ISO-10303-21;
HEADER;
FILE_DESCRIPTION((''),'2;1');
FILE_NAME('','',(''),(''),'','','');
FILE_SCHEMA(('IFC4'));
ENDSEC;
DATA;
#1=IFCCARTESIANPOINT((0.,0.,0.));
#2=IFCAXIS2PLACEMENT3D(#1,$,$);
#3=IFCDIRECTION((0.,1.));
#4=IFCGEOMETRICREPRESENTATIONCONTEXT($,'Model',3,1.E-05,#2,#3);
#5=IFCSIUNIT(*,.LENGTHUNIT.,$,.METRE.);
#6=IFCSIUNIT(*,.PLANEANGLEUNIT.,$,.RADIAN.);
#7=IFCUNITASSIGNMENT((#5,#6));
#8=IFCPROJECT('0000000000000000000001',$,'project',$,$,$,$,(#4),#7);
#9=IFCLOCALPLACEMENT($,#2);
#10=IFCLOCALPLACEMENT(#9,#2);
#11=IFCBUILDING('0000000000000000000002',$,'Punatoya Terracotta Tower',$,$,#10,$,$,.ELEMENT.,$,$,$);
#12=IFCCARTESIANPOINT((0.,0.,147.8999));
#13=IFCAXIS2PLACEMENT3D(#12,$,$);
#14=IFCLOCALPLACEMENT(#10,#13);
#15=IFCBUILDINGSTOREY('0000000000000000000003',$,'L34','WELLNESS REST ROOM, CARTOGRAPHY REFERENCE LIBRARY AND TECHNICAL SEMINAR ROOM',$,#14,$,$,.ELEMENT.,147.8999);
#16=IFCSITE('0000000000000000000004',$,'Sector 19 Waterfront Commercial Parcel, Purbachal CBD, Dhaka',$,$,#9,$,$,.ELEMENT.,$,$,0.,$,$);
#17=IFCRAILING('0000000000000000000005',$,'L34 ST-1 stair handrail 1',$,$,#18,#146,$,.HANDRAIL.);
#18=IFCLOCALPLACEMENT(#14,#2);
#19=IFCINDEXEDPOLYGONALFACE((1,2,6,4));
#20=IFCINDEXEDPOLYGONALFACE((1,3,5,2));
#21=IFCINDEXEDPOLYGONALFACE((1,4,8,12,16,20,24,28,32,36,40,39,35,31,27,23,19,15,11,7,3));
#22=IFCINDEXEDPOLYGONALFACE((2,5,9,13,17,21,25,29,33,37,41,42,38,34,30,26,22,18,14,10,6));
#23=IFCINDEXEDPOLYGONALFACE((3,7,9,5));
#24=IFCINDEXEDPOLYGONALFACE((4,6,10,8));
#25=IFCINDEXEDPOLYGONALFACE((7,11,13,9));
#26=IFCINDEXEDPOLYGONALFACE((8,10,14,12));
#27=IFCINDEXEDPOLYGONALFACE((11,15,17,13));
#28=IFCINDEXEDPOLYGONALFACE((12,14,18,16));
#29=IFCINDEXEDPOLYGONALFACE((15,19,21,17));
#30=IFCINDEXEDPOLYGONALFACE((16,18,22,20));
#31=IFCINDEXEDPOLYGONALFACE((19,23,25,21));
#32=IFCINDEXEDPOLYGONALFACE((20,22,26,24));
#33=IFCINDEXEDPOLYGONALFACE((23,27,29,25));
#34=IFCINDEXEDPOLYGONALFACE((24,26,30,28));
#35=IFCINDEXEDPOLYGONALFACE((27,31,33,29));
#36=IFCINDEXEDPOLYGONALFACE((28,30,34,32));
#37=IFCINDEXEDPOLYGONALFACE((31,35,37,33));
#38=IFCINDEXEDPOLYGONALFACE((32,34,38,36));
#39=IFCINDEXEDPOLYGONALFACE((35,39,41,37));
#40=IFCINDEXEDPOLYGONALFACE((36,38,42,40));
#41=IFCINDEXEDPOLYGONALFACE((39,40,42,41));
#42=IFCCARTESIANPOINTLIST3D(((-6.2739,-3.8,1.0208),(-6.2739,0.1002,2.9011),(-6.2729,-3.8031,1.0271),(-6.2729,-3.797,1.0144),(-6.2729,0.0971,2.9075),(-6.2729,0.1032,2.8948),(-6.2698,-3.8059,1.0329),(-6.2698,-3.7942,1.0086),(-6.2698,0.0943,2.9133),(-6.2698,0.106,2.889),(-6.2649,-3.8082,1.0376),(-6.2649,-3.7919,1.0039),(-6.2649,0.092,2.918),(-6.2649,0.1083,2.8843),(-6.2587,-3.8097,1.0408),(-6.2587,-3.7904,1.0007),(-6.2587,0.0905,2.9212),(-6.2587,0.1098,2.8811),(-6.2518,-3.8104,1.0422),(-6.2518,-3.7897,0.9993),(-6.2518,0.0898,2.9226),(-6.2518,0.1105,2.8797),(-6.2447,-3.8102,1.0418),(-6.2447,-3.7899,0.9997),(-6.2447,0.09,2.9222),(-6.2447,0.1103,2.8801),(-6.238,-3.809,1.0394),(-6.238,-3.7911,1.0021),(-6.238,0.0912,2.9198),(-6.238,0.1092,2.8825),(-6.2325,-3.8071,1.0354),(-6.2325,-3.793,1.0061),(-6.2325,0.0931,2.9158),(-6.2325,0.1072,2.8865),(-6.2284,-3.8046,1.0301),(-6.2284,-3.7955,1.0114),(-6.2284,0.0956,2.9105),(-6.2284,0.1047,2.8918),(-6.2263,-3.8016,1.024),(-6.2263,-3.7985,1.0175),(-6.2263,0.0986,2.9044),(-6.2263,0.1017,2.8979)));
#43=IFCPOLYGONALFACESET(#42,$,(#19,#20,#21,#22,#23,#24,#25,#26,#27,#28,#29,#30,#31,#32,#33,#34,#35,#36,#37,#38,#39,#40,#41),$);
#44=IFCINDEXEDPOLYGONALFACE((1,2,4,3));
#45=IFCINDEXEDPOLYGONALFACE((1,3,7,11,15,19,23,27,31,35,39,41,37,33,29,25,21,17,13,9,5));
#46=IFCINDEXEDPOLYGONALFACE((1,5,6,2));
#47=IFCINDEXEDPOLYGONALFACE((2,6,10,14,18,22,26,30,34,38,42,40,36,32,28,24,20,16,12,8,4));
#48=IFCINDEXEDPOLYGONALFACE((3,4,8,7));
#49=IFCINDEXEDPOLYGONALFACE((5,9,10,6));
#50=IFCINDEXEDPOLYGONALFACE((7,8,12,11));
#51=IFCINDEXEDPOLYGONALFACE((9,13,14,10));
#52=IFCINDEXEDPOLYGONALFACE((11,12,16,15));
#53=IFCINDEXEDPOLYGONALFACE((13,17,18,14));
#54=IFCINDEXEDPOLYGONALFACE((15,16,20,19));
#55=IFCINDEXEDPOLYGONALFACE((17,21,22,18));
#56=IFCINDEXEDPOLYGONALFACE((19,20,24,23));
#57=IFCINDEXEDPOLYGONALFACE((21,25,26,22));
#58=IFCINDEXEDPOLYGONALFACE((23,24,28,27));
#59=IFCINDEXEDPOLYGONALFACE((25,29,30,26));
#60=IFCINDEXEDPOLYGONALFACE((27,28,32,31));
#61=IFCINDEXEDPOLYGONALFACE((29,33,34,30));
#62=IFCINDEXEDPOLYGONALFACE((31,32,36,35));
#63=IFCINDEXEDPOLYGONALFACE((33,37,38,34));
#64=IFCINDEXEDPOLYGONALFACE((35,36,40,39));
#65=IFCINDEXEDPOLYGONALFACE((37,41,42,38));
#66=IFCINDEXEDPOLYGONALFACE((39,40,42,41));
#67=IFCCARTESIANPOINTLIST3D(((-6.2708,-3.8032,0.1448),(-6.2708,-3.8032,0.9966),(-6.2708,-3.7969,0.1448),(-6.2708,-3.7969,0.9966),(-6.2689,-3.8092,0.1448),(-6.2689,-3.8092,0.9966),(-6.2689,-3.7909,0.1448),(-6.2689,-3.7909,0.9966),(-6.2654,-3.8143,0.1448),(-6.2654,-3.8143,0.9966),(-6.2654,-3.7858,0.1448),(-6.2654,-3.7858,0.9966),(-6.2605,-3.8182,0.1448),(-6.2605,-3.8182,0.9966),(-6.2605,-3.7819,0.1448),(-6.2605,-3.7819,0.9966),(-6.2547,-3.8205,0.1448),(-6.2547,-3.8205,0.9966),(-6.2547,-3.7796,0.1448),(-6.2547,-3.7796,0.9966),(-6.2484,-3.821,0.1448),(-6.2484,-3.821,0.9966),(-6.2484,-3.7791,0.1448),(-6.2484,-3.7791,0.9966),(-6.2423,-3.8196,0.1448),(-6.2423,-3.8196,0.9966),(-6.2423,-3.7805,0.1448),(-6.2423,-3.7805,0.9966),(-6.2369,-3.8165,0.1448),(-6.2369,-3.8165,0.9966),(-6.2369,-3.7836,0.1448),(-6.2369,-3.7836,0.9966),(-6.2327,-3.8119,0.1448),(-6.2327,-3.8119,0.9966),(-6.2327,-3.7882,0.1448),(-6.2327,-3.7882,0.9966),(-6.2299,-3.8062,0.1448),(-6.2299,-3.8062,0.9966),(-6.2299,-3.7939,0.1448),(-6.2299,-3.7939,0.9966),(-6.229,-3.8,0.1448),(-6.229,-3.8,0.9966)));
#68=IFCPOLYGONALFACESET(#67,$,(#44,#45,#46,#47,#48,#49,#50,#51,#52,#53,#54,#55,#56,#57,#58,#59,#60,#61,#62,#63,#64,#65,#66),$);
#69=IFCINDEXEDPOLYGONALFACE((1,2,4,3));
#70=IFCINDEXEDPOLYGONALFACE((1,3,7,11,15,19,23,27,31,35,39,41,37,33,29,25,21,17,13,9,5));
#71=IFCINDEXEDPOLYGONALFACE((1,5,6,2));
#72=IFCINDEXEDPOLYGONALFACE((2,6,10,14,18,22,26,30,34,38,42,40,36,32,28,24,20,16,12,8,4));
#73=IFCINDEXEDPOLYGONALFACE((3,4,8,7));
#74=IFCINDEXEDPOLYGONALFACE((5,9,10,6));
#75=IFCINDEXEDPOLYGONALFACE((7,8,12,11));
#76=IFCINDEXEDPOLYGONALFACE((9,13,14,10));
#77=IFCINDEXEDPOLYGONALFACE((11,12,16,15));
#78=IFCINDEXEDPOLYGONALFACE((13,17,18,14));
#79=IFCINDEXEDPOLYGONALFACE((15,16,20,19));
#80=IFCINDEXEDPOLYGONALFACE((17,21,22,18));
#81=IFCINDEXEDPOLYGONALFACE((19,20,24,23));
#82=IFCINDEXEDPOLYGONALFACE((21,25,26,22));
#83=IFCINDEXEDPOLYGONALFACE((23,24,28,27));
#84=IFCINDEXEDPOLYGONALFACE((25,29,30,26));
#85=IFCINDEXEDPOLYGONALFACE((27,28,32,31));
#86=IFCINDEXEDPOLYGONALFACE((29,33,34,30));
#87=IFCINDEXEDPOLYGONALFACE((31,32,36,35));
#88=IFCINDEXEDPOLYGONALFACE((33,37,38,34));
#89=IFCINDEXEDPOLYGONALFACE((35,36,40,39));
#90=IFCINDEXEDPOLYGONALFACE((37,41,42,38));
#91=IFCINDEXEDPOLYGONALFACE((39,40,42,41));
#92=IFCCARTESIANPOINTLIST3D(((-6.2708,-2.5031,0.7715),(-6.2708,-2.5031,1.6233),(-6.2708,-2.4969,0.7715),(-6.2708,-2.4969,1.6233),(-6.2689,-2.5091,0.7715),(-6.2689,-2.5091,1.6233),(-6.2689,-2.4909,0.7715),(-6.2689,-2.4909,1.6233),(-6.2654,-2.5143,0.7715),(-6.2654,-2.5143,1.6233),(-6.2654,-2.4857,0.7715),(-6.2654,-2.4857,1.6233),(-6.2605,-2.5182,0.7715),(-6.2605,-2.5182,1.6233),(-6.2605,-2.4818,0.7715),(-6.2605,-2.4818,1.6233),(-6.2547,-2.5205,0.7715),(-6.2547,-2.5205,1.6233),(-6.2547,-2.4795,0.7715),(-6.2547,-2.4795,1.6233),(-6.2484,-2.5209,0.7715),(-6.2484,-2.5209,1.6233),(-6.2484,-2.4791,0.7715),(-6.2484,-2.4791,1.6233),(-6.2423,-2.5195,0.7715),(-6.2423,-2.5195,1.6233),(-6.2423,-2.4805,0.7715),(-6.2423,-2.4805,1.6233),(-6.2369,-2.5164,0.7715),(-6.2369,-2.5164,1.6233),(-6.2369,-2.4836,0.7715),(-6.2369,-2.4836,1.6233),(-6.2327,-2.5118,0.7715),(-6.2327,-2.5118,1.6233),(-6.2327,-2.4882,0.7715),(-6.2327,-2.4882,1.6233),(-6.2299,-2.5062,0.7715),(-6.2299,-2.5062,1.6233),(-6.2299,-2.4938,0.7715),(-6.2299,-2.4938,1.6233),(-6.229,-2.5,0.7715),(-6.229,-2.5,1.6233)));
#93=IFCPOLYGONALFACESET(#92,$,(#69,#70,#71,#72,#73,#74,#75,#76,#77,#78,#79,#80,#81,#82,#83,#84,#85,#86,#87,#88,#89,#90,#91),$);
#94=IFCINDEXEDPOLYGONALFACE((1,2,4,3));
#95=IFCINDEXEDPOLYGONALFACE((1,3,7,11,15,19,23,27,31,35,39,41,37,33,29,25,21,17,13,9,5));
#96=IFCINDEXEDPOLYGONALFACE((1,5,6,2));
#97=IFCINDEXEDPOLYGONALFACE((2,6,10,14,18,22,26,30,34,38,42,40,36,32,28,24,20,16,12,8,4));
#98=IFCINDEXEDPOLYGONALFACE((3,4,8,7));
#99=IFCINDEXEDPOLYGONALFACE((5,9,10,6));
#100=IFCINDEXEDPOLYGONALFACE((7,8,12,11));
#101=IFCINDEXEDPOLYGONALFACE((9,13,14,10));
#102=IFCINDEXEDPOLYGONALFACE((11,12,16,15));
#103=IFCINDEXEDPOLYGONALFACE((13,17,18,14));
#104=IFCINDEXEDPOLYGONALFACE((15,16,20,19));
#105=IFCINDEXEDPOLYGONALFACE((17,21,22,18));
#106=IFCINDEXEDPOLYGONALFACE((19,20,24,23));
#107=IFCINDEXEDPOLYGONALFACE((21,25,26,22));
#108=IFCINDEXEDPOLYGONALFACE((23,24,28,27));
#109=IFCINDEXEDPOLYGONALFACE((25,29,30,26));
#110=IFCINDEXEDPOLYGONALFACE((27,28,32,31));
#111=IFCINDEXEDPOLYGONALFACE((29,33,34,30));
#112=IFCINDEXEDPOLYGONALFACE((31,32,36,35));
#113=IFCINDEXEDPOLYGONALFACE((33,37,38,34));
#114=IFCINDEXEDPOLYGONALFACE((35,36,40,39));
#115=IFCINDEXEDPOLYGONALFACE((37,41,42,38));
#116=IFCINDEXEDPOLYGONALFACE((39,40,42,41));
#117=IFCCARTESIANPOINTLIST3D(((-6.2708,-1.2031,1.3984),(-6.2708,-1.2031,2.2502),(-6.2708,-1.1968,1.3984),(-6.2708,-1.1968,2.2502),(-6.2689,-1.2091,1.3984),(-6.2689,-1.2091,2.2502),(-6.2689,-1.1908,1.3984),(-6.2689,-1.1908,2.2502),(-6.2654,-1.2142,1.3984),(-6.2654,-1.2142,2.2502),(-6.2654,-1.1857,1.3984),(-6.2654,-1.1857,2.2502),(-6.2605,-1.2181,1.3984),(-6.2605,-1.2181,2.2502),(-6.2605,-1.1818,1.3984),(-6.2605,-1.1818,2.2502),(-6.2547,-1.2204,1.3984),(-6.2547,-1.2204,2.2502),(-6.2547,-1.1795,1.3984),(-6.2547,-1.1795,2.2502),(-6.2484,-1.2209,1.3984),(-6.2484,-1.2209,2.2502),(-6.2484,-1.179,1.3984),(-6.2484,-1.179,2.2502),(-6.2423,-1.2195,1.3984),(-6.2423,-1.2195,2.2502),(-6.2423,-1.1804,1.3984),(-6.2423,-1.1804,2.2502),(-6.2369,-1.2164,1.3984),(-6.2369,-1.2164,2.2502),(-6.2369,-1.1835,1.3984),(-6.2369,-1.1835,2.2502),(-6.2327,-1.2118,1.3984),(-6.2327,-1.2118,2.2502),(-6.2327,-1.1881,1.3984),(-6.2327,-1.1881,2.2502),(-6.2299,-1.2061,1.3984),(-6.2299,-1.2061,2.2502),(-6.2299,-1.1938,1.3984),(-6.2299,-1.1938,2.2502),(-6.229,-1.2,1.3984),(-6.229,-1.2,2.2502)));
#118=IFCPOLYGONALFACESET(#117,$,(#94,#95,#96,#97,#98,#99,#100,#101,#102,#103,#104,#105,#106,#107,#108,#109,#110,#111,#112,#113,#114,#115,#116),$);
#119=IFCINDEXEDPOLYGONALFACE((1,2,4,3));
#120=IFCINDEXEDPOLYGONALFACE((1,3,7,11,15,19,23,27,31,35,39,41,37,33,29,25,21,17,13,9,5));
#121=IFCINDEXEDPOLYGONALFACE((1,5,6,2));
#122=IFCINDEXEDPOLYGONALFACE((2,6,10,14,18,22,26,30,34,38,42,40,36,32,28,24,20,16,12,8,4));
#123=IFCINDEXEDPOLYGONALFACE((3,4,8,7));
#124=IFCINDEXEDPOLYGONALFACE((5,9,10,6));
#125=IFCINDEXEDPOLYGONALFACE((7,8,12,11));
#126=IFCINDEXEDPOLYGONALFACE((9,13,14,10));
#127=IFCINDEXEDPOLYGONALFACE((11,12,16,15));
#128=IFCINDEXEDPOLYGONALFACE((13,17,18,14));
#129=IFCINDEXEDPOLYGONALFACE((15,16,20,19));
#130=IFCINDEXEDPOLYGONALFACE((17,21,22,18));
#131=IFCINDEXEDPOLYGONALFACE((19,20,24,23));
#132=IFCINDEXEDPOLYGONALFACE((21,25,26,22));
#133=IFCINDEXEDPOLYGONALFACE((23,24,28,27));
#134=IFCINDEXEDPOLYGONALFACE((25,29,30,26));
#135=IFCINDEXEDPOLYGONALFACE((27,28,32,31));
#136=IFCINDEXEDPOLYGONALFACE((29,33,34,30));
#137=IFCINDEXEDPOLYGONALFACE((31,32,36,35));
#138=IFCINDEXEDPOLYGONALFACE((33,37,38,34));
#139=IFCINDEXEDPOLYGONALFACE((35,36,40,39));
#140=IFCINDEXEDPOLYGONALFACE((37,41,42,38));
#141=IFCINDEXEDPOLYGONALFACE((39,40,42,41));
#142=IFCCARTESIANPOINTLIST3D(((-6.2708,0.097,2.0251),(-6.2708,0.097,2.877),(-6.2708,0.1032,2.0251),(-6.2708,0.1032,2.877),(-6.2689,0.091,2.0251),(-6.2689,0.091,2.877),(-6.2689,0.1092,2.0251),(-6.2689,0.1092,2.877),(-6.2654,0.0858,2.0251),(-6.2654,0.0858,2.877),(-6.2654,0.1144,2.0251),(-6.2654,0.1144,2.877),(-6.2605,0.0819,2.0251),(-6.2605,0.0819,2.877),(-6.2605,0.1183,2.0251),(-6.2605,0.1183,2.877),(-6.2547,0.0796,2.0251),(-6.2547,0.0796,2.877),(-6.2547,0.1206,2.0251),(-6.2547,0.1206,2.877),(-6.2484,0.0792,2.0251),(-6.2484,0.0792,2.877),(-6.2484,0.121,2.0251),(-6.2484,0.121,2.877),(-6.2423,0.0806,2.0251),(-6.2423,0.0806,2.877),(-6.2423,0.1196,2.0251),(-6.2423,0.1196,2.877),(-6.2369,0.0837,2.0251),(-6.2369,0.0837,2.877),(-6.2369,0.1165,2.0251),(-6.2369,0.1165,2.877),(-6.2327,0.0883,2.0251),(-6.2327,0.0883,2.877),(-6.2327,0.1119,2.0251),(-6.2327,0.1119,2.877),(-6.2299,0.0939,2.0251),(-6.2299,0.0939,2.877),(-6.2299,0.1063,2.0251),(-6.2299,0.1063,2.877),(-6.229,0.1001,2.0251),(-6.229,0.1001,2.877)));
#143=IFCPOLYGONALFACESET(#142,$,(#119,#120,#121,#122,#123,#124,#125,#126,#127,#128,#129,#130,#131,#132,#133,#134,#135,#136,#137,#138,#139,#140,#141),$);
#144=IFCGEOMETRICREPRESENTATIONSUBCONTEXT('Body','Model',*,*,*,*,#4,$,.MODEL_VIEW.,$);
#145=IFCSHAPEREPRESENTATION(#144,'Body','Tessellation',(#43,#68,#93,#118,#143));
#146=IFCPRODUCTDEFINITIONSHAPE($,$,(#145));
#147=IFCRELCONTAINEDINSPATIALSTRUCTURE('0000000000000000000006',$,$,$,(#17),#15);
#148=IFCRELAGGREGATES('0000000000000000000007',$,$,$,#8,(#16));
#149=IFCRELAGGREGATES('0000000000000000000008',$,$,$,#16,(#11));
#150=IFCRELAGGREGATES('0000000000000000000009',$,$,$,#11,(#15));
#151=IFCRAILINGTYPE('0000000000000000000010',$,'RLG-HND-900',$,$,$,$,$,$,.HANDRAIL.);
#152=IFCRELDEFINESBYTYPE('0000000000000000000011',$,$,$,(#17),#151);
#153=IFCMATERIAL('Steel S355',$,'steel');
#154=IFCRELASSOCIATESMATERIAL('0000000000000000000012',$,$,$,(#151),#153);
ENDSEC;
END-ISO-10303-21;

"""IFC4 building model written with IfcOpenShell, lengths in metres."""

from ifc_helpers import new_model, si_unit, direction, frame, origin, origin_2d, place, context, subcontext, project, spatial, circle, extrude, material, type_object, element, save


model = new_model("IFC4")

# Units and contexts
model_context = context("Model", 3, precision=1e-05, world=origin(), true_north=direction((0.0, 1.0)))
body_context = subcontext(model_context, "Body", "Model", "MODEL_VIEW")
ifc_project = project(units=[si_unit("LENGTHUNIT", "METRE"), si_unit("PLANEANGLEUNIT", "RADIAN")], contexts=[model_context])

# Site, building, storey
site_placement = place(None, origin())
site = spatial("IfcSite", under=ifc_project, at=site_placement, Name="Sector 19 Waterfront Commercial Parcel, Purbachal CBD, Dhaka", CompositionType="ELEMENT", RefElevation=0.0)
building_placement = place(site_placement, origin())
building = spatial("IfcBuilding", under=site, at=building_placement, Name="Punatoya Terracotta Tower", CompositionType="ELEMENT")
storey_placement = place(building_placement, frame((0.0, 0.0, 147.8999)))
storey = spatial("IfcBuildingStorey", under=building, at=storey_placement, Name="L34", Description="WELLNESS REST ROOM, CARTOGRAPHY REFERENCE LIBRARY AND TECHNICAL SEMINAR ROOM", CompositionType="ELEMENT", Elevation=147.8999)

# Shared definitions
ifc_material_1 = material(Name="Steel S355", Category="steel")

# Railing
railing_type_1 = type_object("IfcRailingType", Name="RLG-HND-900", PredefinedType="HANDRAIL", material=ifc_material_1)
railing_1_placement = place(storey_placement, frame((-6.25, -3.8, 0.1448)))
element("IfcRailing", 1, at=railing_1_placement, inside=storey, type_object=railing_type_1, Name="L34 ST-1 stair handrail 1", PredefinedType="HANDRAIL", context=body_context, shape_type="SweptSolid", body=[
    extrude(circle(Radius=0.0239, at=origin_2d()), frame((0.0, 0.0, 0.876), z_axis=(0.0, 0.900774, 0.434289), x_axis=(-1.0, 0.0, 0.0)), (0.0, 0.0, 1.0), 4.3298),
    extrude(circle(Radius=0.021, at=origin_2d()), origin(), (0.0, 0.0, 1.0), 0.8518),
    extrude(circle(Radius=0.021, at=origin_2d()), frame((0.0, 1.3, 0.6267)), (0.0, 0.0, 1.0), 0.8518),
    extrude(circle(Radius=0.021, at=origin_2d()), frame((0.0, 2.6001, 1.2537)), (0.0, 0.0, 1.0), 0.8518),
    extrude(circle(Radius=0.021, at=origin_2d()), frame((0.0, 3.9001, 1.8804)), (0.0, 0.0, 1.0), 0.8518),
])

save(model, "model.ifc")
